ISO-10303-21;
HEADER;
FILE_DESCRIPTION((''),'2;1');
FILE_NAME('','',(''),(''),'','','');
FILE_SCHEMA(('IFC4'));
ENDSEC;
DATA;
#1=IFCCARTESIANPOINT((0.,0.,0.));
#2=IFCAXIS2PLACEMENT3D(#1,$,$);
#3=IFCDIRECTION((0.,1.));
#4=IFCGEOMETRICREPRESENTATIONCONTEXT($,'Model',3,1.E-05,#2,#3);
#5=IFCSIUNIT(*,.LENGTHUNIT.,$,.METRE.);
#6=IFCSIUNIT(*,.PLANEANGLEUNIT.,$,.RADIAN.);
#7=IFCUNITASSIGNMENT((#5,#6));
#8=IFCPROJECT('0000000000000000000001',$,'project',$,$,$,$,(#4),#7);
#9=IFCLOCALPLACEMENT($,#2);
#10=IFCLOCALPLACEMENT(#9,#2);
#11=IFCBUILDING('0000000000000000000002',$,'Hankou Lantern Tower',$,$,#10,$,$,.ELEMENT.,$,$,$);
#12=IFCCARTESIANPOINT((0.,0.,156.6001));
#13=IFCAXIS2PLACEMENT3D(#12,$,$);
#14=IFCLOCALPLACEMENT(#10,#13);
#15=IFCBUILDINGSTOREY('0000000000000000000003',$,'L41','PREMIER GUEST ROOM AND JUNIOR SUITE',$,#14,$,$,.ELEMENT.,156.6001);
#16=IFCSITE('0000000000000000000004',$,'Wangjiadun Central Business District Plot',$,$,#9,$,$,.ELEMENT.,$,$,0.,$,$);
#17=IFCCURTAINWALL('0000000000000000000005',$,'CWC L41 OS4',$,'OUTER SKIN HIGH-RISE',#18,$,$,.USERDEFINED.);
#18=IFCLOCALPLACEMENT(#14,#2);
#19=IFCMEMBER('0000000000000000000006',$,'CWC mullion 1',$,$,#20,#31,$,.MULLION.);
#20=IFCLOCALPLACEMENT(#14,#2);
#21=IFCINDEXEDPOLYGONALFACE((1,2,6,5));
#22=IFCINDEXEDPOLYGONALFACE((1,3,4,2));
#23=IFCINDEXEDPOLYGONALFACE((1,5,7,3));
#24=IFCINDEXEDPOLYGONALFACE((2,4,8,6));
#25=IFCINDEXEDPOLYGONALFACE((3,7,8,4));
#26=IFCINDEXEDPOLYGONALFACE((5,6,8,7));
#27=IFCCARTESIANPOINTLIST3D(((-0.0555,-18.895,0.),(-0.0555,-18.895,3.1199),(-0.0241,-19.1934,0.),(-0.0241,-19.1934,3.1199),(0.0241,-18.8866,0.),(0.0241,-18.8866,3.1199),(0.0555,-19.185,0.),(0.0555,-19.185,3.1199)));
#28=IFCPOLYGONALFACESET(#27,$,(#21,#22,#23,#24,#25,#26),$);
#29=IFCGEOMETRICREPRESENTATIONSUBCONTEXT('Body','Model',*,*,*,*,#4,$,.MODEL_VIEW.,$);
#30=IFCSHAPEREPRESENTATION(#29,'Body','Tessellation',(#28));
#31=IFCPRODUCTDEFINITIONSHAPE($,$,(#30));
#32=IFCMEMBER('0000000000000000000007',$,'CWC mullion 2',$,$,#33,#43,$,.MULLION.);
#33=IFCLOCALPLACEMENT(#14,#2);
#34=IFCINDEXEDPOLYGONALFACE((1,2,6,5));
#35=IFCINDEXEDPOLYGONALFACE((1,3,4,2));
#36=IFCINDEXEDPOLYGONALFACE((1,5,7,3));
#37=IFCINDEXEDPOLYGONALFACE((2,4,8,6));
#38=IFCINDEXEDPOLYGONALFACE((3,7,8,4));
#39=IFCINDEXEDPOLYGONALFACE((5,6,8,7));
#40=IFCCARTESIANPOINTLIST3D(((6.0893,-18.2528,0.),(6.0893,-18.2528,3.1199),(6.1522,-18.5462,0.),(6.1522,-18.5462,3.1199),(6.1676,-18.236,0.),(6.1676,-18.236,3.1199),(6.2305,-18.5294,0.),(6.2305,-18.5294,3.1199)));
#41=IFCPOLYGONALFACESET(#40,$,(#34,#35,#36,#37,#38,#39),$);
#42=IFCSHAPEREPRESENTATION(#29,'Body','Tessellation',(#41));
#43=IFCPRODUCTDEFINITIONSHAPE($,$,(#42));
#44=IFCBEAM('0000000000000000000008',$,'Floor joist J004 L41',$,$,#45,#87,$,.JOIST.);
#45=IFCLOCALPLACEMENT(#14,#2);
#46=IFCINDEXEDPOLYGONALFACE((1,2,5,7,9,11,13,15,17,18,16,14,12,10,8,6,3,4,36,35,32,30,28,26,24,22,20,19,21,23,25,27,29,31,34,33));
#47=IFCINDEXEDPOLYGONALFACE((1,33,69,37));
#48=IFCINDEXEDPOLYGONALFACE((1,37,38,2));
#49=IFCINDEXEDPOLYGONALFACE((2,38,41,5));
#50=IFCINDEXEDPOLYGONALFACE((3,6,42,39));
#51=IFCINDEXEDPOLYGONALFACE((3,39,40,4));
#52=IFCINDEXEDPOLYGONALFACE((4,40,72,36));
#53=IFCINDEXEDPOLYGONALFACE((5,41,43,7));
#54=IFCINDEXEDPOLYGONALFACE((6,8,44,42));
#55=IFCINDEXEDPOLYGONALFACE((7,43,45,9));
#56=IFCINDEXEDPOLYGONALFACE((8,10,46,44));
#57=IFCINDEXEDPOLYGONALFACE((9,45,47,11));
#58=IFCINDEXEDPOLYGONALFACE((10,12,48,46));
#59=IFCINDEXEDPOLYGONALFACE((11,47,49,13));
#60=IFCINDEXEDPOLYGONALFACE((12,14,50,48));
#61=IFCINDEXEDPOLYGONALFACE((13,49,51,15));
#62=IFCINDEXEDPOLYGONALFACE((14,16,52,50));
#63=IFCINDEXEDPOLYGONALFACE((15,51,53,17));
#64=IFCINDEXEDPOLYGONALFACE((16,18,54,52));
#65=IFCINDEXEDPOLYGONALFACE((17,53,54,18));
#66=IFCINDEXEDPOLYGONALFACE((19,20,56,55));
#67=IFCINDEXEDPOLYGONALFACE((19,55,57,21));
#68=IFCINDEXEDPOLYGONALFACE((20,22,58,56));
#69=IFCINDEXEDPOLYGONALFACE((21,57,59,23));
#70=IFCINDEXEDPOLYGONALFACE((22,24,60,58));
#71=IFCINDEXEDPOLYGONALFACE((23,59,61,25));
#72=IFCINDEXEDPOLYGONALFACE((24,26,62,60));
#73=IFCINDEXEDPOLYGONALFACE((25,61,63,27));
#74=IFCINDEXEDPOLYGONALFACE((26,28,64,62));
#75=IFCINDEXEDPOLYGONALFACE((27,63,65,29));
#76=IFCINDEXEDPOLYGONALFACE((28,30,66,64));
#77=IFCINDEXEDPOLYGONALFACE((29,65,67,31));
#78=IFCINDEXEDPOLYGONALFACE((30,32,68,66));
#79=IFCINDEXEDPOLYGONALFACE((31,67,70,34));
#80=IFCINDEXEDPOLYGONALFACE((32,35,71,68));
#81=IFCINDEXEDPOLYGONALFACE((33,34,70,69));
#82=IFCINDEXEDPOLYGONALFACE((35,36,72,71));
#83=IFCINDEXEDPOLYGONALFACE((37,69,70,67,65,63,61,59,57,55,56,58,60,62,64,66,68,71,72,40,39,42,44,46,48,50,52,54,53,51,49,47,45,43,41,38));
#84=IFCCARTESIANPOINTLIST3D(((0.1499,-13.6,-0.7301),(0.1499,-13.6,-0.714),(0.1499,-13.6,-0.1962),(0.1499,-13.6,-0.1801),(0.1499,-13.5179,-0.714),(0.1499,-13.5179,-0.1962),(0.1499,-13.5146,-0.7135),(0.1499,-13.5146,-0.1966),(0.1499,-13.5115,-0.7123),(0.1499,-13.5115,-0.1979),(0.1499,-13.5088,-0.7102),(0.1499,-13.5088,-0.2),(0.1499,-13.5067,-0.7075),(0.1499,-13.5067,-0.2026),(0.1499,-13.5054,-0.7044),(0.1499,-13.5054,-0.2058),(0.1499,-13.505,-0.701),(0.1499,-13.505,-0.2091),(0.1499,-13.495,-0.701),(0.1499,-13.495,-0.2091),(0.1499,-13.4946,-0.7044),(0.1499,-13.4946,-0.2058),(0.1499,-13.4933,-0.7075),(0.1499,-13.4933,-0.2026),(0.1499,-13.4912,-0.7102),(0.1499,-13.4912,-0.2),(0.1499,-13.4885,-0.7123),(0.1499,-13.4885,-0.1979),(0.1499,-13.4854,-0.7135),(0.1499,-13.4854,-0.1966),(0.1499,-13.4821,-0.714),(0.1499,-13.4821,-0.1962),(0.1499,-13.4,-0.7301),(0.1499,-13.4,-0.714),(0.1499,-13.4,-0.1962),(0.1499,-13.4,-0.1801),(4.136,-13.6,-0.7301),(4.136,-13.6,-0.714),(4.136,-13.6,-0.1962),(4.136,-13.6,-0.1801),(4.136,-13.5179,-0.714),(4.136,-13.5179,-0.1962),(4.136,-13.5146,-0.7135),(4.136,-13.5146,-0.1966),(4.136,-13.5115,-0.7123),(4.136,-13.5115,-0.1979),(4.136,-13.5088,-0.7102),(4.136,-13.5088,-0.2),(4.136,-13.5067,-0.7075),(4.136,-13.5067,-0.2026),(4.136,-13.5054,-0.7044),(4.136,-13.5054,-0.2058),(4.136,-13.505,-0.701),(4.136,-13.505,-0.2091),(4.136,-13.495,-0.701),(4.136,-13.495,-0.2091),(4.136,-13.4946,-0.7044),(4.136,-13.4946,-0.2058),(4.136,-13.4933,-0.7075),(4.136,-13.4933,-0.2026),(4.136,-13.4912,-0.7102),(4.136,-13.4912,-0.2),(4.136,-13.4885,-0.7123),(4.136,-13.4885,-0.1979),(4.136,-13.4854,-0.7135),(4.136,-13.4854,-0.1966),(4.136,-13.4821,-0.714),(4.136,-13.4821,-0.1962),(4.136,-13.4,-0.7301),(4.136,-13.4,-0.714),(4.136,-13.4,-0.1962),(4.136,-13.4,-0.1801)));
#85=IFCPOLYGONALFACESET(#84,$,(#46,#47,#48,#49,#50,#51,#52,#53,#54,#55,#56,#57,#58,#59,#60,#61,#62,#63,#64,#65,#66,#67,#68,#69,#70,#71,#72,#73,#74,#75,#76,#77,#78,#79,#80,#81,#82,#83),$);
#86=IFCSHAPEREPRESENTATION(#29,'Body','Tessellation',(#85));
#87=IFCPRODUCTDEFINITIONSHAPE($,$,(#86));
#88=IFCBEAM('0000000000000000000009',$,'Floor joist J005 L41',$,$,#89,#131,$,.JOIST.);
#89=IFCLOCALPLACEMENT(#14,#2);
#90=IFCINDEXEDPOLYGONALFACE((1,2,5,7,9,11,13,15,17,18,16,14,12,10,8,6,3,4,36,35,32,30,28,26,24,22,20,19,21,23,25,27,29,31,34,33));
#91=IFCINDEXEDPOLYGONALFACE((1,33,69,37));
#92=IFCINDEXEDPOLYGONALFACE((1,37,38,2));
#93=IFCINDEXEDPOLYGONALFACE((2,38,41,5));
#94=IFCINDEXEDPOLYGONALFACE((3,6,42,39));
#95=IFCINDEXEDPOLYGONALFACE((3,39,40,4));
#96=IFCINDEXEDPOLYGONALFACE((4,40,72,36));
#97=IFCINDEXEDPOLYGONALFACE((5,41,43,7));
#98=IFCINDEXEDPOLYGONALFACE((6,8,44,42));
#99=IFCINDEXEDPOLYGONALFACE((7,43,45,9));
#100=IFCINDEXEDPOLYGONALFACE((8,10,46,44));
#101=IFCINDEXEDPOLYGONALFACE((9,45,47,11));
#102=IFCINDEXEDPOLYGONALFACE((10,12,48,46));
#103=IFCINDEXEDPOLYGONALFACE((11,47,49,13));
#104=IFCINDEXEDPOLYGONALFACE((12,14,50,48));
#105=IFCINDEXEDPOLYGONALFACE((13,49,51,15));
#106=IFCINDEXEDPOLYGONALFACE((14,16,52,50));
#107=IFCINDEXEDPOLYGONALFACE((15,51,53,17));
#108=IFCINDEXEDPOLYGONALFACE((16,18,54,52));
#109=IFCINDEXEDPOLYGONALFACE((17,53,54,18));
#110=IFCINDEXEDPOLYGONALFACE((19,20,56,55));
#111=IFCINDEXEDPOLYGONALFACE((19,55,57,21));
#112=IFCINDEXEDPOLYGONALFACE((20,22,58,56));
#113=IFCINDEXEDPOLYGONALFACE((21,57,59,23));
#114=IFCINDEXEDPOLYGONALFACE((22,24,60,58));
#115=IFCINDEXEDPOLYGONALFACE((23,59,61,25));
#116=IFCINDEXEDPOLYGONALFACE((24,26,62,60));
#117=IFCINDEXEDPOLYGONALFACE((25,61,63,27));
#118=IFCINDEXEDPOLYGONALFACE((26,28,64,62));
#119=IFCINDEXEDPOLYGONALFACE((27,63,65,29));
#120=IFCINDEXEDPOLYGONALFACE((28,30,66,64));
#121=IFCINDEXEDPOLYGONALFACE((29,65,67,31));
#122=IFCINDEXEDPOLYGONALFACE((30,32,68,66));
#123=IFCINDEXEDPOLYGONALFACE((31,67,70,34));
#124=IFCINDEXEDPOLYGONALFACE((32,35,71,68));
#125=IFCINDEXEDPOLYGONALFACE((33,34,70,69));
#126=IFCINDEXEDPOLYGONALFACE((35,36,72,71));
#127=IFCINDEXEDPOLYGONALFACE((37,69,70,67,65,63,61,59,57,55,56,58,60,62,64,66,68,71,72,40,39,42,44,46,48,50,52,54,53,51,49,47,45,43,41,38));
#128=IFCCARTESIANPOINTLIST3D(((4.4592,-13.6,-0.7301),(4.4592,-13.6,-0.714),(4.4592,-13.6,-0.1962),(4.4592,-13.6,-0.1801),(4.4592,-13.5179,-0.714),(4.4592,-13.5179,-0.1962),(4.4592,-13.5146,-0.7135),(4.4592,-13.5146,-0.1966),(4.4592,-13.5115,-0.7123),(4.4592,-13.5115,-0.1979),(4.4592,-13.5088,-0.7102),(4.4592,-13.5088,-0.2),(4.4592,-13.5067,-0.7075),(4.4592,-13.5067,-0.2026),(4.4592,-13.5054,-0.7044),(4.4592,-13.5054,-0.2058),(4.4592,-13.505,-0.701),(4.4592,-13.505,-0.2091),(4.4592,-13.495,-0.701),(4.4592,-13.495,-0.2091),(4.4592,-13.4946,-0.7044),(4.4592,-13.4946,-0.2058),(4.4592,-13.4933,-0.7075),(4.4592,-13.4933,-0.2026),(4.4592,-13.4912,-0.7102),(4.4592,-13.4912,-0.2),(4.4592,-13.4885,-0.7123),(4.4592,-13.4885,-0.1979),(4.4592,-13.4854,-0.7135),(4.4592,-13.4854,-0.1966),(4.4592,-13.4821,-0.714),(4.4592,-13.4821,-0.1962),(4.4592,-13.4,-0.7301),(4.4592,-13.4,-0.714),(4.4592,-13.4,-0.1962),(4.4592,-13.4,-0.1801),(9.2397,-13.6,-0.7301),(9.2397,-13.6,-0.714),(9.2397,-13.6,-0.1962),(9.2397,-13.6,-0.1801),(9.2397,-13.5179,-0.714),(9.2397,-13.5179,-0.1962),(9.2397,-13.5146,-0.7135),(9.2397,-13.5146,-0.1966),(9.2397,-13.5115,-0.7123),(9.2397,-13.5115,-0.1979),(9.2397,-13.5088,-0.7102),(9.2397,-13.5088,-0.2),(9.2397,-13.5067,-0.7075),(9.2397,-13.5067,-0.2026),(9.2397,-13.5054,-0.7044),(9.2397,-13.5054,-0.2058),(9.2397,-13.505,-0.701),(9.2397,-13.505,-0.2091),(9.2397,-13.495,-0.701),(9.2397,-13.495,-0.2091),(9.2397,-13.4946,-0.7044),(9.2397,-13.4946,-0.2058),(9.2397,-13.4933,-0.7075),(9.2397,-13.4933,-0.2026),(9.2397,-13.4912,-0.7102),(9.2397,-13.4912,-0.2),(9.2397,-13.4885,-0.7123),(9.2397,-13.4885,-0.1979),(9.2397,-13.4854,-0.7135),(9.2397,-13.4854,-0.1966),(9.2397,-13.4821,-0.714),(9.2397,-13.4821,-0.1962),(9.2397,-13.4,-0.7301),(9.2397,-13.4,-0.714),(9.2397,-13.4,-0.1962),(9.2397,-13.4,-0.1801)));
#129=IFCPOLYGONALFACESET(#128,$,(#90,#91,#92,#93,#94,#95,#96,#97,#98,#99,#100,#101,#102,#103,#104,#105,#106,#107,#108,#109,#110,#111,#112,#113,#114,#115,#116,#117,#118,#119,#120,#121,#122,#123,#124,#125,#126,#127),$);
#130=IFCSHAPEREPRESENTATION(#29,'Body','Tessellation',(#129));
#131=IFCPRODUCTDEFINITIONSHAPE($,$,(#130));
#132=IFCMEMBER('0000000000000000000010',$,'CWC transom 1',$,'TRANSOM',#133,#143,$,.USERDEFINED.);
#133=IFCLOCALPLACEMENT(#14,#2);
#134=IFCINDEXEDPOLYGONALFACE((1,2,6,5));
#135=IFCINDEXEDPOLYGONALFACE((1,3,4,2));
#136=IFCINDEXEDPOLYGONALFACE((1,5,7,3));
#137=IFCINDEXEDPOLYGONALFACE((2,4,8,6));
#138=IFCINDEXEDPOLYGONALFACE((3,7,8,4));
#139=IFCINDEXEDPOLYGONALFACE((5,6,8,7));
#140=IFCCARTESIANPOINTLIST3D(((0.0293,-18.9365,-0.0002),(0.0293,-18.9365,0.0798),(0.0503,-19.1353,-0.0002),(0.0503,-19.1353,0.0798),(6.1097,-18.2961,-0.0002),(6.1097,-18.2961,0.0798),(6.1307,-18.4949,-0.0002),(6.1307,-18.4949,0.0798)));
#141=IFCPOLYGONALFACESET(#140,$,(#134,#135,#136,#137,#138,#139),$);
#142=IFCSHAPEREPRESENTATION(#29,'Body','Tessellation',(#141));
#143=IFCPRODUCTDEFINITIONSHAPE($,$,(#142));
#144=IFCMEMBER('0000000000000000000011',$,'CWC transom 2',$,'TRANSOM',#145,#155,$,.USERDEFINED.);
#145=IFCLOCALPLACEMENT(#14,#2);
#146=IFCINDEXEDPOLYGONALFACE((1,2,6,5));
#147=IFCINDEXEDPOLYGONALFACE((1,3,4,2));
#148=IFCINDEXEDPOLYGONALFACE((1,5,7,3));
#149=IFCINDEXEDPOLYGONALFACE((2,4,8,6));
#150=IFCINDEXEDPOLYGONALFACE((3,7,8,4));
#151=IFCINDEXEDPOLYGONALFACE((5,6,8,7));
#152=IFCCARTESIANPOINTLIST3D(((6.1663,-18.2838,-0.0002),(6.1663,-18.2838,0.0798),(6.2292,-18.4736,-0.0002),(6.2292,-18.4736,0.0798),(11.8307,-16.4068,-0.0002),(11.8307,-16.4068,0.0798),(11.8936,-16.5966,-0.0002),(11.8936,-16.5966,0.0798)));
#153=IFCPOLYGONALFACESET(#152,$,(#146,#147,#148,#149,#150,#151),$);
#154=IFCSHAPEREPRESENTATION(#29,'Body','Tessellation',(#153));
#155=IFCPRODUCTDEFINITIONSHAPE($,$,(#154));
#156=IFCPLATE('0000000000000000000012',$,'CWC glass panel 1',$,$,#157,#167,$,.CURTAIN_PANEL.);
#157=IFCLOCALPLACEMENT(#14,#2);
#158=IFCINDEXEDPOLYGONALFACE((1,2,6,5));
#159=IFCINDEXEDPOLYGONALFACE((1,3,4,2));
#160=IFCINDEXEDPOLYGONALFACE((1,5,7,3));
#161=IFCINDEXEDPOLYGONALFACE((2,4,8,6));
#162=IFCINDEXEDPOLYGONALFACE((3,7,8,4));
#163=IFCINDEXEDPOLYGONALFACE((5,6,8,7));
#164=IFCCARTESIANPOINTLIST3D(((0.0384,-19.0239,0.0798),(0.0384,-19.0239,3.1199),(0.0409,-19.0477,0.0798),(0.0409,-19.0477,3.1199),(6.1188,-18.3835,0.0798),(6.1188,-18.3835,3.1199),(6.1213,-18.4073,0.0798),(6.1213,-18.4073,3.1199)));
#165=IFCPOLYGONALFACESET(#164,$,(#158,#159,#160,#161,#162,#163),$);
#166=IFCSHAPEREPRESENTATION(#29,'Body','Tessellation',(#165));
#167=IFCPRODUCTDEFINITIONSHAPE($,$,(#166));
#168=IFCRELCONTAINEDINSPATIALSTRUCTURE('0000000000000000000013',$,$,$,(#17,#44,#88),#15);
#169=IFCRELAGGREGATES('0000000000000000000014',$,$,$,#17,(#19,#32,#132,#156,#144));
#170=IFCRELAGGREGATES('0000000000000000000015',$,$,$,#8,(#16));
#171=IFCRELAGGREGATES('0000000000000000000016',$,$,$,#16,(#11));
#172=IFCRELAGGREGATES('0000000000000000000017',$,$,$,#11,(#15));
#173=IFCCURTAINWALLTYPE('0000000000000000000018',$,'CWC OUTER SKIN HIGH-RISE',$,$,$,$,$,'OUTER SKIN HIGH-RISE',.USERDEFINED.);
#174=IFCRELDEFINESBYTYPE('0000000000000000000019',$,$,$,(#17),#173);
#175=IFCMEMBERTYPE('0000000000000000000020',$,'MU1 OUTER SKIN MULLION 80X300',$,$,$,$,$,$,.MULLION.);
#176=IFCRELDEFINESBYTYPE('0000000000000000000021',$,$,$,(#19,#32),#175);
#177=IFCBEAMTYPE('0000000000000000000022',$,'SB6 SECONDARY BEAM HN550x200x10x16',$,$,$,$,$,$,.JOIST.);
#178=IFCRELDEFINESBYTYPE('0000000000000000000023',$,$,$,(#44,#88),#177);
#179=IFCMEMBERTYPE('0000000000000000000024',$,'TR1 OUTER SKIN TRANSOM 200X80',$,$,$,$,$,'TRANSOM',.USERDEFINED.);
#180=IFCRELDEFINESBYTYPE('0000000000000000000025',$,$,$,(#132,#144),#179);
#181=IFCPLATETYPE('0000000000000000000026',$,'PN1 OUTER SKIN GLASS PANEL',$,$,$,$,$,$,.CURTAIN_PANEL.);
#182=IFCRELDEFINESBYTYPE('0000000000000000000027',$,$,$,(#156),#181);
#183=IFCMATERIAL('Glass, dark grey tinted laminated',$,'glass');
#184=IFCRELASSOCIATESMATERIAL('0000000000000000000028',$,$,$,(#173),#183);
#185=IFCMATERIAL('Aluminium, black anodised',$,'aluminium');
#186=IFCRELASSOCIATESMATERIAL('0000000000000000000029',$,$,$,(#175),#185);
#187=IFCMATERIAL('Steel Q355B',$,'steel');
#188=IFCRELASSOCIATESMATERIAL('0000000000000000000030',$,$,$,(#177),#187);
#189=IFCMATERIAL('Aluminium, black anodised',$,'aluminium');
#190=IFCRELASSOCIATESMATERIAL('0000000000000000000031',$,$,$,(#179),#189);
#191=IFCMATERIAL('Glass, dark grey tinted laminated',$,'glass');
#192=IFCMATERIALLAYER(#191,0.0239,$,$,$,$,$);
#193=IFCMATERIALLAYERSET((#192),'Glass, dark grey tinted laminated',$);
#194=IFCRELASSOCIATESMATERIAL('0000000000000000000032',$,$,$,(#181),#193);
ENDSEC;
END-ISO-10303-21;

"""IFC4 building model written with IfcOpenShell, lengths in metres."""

from ifc_helpers import new_model, si_unit, direction, frame, origin, origin_2d, place, context, subcontext, project, spatial, rectangle, i_section, extrude, material, layer, layer_set, material_profile, profile_set, type_object, element, aggregate, save


model = new_model("IFC4")

# Units and contexts
model_context = context("Model", 3, precision=1e-05, world=origin(), true_north=direction((0.0, 1.0)))
body_context = subcontext(model_context, "Body", "Model", "MODEL_VIEW")
ifc_project = project(units=[si_unit("LENGTHUNIT", "METRE"), si_unit("PLANEANGLEUNIT", "RADIAN")], contexts=[model_context])

# Site, building, storey
site_placement = place(None, origin())
site = spatial("IfcSite", under=ifc_project, at=site_placement, Name="Wangjiadun Central Business District Plot", CompositionType="ELEMENT", RefElevation=0.0)
building_placement = place(site_placement, origin())
building = spatial("IfcBuilding", under=site, at=building_placement, Name="Hankou Lantern Tower", CompositionType="ELEMENT")
storey_placement = place(building_placement, frame((0.0, 0.0, 156.6001)))
storey = spatial("IfcBuildingStorey", under=building, at=storey_placement, Name="L41", Description="PREMIER GUEST ROOM AND JUNIOR SUITE", CompositionType="ELEMENT", Elevation=156.6001)

# Curtain wall, members
ifc_material_1 = material(Name="Glass, dark grey tinted laminated", Category="glass")
curtain_wall_type = type_object("IfcCurtainWallType", Name="CWC OUTER SKIN HIGH-RISE", ElementType="OUTER SKIN HIGH-RISE", PredefinedType="USERDEFINED", material=ifc_material_1)
curtain_wall_placement = place(storey_placement, origin())
curtain_wall = element("IfcCurtainWall", 1, at=curtain_wall_placement, inside=storey, type_object=curtain_wall_type, Name="CWC L41 OS4", ObjectType="OUTER SKIN HIGH-RISE", PredefinedType="USERDEFINED")
ifc_material_2 = material(Name="Aluminium, black anodised", Category="aluminium")
ifc_material_profile_1 = material_profile(ifc_material_2, rectangle(XDim=0.0801, YDim=0.3, at=origin_2d()), Name="MU1 80X300")
ifc_profile_set_1 = profile_set([ifc_material_profile_1], Name="Aluminium, black anodised")
member_type_1 = type_object("IfcMemberType", Name="MU1 OUTER SKIN MULLION 80X300", PredefinedType="MULLION", material=ifc_profile_set_1)
member_1_placement = place(storey_placement, frame((0.0, -19.04, 0.0), z_axis=(0.0, 0.0, 1.0), x_axis=(0.994499, 0.104743, 0.0)))
member_1 = element("IfcMember", 2, at=member_1_placement, type_object=member_type_1, Name="CWC mullion 1", PredefinedType="MULLION", context=body_context, shape_type="SweptSolid", body=[
    extrude(rectangle(XDim=0.0801, YDim=0.3, at=origin_2d()), origin(), (0.0, 0.0, 1.0), 3.1199),
])
member_2_placement = place(storey_placement, frame((6.1599, -18.3911, 0.0), z_axis=(0.0, 0.0, 1.0), x_axis=(0.977788, 0.209598, 0.0)))
member_2 = element("IfcMember", 3, at=member_2_placement, type_object=member_type_1, Name="CWC mullion 2", PredefinedType="MULLION", context=body_context, shape_type="SweptSolid", body=[
    extrude(rectangle(XDim=0.0801, YDim=0.3, at=origin_2d()), origin(), (0.0, 0.0, 1.0), 3.1199),
])

# Beams
ifc_material_3 = material(Name="Steel Q355B", Category="steel")
ifc_material_profile_2 = material_profile(ifc_material_3, i_section(OverallWidth=0.2, OverallDepth=0.55, WebThickness=0.01, FlangeThickness=0.0161, FilletRadius=0.0129, at=origin_2d()), Name="HN550x200x10x16")
ifc_profile_set_2 = profile_set([ifc_material_profile_2], Name="Steel Q355B")
beam_type_1 = type_object("IfcBeamType", Name="SB6 SECONDARY BEAM HN550x200x10x16", PredefinedType="JOIST", material=ifc_profile_set_2)
beam_1_placement = place(storey_placement, frame((0.1499, -13.5, -0.4551), z_axis=(1.0, 0.0, 0.0), x_axis=(0.0, 1.0, 0.0)))
element("IfcBeam", 4, at=beam_1_placement, inside=storey, type_object=beam_type_1, Name="Floor joist J004 L41", PredefinedType="JOIST", context=body_context, shape_type="SweptSolid", body=[
    extrude(i_section(OverallWidth=0.2, OverallDepth=0.55, WebThickness=0.01, FlangeThickness=0.0161, FilletRadius=0.0129, at=origin_2d()), origin(), (0.0, 0.0, 1.0), 3.9861),
])
beam_2_placement = place(storey_placement, frame((4.4592, -13.5, -0.4551), z_axis=(1.0, 0.0, 0.0), x_axis=(0.0, 1.0, 0.0)))
element("IfcBeam", 5, at=beam_2_placement, inside=storey, type_object=beam_type_1, Name="Floor joist J005 L41", PredefinedType="JOIST", context=body_context, shape_type="SweptSolid", body=[
    extrude(i_section(OverallWidth=0.2, OverallDepth=0.55, WebThickness=0.01, FlangeThickness=0.0161, FilletRadius=0.0129, at=origin_2d()), origin(), (0.0, 0.0, 1.0), 4.7805),
])

# Members
ifc_material_4 = material(Name="Aluminium, black anodised", Category="aluminium")
ifc_material_profile_3 = material_profile(ifc_material_4, rectangle(XDim=0.2, YDim=0.0801, at=origin_2d()), Name="TR1 200X80")
ifc_profile_set_3 = profile_set([ifc_material_profile_3], Name="Aluminium, black anodised")
member_type_2 = type_object("IfcMemberType", Name="TR1 OUTER SKIN TRANSOM 200X80", ElementType="TRANSOM", PredefinedType="USERDEFINED", material=ifc_profile_set_3)
member_3_placement = place(storey_placement, frame((0.0398, -19.0359, 0.0398), z_axis=(0.9945, 0.104741, 0.0), x_axis=(-0.104741, 0.9945, 0.0)))
member_3 = element("IfcMember", 6, at=member_3_placement, type_object=member_type_2, Name="CWC transom 1", ObjectType="TRANSOM", PredefinedType="USERDEFINED", context=body_context, shape_type="SweptSolid", body=[
    extrude(rectangle(XDim=0.2, YDim=0.0801, at=origin_2d()), origin(), (0.0, 0.0, 1.0), 6.114),
])
member_4_placement = place(storey_placement, frame((6.1978, -18.3787, 0.0398), z_axis=(0.949242, 0.314546, 0.0), x_axis=(-0.314546, 0.949242, 0.0)))
member_4 = element("IfcMember", 7, at=member_4_placement, type_object=member_type_2, Name="CWC transom 2", ObjectType="TRANSOM", PredefinedType="USERDEFINED", context=body_context, shape_type="SweptSolid", body=[
    extrude(rectangle(XDim=0.2, YDim=0.0801, at=origin_2d()), origin(), (0.0, 0.0, 1.0), 5.9673),
])

# Plate
ifc_material_5 = material(Name="Glass, dark grey tinted laminated", Category="glass")
ifc_layer_1 = layer(ifc_material_5, 0.0239)
ifc_layer_set_1 = layer_set([ifc_layer_1], Name="Glass, dark grey tinted laminated")
plate_type = type_object("IfcPlateType", Name="PN1 OUTER SKIN GLASS PANEL", PredefinedType="CURTAIN_PANEL", material=ifc_layer_set_1)
plate_placement = place(storey_placement, frame((3.0798, -18.7156, 0.0798), z_axis=(0.0, 0.0, 1.0), x_axis=(0.994499, 0.104743, 0.0)))
plate = element("IfcPlate", 8, at=plate_placement, type_object=plate_type, Name="CWC glass panel 1", PredefinedType="CURTAIN_PANEL", context=body_context, shape_type="SweptSolid", body=[
    extrude(rectangle(XDim=6.114, YDim=0.0239, at=origin_2d()), origin(), (0.0, 0.0, 1.0), 3.04),
])
aggregate(curtain_wall, [member_1, member_2, member_3, plate, member_4])

save(model, "model.ifc")
